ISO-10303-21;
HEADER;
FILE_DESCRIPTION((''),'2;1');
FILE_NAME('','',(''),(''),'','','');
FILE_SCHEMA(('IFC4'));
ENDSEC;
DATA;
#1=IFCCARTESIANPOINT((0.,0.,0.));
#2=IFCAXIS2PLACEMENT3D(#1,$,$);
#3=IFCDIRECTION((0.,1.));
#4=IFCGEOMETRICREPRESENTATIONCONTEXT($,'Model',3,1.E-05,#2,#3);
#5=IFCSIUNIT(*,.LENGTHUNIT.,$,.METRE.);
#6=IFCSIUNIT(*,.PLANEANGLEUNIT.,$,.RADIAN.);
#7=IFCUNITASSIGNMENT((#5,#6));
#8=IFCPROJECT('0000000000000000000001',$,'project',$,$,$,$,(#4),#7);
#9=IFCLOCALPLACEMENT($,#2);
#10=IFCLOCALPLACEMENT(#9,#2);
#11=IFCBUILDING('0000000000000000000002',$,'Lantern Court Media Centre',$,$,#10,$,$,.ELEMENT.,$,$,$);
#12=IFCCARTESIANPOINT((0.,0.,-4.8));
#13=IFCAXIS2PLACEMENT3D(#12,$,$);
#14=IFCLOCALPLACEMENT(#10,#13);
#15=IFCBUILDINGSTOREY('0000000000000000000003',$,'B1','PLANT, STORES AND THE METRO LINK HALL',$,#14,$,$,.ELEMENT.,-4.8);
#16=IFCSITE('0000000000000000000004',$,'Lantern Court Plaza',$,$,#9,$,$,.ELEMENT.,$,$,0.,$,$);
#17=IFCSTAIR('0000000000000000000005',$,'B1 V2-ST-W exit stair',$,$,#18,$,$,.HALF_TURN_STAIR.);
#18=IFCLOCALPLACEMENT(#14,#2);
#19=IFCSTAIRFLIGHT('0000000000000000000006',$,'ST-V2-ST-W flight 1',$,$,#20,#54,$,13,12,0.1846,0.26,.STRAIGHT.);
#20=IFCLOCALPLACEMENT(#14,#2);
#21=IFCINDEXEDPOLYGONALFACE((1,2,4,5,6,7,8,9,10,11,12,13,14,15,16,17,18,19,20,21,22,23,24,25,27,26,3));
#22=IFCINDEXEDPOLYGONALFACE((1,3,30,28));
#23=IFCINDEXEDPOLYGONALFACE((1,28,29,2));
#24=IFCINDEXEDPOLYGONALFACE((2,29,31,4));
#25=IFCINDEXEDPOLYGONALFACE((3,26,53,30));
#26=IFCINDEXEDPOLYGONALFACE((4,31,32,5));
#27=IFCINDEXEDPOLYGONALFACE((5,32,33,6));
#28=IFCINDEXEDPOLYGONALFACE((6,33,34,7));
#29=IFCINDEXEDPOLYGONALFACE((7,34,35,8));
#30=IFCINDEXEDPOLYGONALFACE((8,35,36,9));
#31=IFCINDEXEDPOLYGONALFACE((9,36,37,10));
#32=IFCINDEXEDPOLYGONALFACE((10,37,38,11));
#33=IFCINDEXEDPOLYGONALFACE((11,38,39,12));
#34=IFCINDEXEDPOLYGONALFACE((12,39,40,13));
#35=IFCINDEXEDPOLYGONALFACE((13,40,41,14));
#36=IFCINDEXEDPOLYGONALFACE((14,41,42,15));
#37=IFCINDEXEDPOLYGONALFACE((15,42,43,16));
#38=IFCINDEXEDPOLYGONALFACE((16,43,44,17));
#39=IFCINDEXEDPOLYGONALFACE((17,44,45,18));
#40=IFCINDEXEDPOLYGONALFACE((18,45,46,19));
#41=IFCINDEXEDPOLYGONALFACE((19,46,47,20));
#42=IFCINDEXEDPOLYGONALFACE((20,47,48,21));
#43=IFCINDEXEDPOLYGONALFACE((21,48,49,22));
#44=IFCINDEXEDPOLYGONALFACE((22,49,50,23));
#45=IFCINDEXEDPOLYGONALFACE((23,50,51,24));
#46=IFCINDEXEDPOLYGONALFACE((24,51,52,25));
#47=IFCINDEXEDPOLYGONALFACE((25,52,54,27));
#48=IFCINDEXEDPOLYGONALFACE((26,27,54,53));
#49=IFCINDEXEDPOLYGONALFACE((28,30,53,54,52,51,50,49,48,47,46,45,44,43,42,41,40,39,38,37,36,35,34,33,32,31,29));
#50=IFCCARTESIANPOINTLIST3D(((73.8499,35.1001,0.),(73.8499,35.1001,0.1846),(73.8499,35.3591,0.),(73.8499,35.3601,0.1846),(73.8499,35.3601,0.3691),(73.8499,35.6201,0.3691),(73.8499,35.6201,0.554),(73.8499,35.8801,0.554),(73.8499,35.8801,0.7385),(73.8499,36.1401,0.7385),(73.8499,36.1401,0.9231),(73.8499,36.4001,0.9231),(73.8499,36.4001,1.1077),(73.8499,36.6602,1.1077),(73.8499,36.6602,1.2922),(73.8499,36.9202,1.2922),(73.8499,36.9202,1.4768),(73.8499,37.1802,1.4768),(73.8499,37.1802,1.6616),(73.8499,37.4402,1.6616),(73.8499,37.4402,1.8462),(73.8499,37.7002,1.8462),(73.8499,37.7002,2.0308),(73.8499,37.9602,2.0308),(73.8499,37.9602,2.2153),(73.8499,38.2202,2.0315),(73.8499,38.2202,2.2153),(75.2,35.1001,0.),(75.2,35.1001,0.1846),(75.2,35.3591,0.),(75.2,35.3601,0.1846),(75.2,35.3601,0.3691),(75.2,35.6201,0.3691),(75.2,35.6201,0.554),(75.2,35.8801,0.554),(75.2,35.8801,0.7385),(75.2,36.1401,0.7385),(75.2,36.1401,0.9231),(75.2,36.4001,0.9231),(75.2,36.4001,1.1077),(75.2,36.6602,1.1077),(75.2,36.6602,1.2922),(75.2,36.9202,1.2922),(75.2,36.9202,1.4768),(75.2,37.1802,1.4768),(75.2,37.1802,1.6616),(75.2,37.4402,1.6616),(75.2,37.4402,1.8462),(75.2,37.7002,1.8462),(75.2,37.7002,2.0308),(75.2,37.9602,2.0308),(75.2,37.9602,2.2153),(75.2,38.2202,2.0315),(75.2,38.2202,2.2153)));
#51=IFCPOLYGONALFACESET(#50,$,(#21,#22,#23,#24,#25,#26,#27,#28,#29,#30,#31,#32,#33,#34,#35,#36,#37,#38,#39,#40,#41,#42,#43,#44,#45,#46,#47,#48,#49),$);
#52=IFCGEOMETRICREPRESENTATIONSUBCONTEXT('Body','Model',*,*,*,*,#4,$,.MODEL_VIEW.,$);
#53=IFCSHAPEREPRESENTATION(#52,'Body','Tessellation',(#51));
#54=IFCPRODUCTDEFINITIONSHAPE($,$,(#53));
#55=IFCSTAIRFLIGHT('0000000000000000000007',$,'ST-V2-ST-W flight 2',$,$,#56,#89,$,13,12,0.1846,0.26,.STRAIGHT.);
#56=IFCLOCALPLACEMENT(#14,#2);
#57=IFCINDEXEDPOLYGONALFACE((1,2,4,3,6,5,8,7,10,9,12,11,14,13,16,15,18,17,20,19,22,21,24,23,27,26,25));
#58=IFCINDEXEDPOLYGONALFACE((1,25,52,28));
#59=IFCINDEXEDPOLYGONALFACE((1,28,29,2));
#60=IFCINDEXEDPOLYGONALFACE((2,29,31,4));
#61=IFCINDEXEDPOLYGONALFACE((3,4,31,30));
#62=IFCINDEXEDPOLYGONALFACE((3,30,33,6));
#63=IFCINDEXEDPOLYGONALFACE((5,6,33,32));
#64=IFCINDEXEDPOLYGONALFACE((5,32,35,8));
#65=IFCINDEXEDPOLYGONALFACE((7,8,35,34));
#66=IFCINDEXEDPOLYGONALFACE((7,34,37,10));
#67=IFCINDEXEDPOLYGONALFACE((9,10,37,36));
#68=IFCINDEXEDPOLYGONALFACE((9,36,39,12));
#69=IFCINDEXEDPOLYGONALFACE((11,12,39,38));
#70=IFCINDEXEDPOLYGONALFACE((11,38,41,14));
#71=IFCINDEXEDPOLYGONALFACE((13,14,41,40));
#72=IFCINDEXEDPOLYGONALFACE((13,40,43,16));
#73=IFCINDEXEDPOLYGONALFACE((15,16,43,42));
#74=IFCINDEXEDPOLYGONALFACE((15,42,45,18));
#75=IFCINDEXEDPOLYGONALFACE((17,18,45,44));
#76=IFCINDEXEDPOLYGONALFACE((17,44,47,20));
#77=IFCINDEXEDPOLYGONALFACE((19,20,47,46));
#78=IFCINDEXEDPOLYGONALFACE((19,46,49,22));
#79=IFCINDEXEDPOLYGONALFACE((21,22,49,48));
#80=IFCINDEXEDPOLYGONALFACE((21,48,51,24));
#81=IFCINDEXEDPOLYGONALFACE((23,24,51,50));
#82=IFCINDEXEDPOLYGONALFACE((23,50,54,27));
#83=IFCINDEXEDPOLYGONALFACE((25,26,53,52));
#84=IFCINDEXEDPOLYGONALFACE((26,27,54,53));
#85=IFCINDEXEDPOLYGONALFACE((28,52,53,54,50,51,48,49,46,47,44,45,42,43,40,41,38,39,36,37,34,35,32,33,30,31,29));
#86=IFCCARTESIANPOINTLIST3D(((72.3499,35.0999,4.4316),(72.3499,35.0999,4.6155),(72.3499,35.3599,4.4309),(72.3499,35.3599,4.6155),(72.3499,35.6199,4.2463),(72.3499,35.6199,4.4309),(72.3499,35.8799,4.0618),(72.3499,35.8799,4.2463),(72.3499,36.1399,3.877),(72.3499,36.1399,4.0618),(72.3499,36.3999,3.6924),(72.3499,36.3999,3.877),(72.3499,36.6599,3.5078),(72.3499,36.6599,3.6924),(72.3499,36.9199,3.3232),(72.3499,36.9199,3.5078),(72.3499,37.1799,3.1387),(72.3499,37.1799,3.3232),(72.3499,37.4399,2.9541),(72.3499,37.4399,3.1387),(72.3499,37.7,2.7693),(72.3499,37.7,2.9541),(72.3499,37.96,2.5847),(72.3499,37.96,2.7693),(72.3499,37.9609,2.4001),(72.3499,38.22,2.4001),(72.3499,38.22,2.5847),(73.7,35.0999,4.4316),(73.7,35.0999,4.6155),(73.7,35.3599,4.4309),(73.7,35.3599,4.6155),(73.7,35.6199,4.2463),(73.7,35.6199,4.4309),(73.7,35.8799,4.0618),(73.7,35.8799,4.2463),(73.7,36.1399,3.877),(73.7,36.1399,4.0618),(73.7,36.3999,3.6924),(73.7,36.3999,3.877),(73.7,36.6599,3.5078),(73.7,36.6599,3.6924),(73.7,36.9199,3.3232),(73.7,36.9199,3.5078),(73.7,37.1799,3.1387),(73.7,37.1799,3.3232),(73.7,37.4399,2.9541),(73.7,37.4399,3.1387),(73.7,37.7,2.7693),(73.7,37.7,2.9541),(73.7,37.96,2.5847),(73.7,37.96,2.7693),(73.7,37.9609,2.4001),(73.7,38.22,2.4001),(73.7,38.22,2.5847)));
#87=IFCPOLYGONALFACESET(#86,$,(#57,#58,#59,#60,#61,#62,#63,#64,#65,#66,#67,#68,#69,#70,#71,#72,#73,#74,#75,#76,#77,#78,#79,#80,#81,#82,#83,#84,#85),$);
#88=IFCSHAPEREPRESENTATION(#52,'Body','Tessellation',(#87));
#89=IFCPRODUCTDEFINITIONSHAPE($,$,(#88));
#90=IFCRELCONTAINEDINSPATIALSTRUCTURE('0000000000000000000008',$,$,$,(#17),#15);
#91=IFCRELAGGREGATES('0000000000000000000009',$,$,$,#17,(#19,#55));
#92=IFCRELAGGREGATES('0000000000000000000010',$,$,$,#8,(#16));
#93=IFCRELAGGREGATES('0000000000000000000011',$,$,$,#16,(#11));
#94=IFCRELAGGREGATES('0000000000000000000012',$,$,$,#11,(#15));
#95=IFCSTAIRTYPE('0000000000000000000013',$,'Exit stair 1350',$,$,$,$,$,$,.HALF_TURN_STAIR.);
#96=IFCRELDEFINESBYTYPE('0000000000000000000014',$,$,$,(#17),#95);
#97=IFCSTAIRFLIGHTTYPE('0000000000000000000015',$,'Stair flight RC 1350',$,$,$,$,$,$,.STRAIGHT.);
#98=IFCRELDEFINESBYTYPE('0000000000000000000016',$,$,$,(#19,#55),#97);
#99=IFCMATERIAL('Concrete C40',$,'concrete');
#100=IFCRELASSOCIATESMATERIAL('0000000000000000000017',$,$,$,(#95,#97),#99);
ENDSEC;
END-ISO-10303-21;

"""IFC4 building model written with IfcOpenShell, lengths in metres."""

from ifc_helpers import new_model, si_unit, direction, frame, origin, place, context, subcontext, project, spatial, polyline, outline, extrude, material, type_object, element, aggregate, save


model = new_model("IFC4")

# Units and contexts
model_context = context("Model", 3, precision=1e-05, world=origin(), true_north=direction((0.0, 1.0)))
body_context = subcontext(model_context, "Body", "Model", "MODEL_VIEW")
ifc_project = project(units=[si_unit("LENGTHUNIT", "METRE"), si_unit("PLANEANGLEUNIT", "RADIAN")], contexts=[model_context])

# Site, building, storey
site_placement = place(None, origin())
site = spatial("IfcSite", under=ifc_project, at=site_placement, Name="Lantern Court Plaza", CompositionType="ELEMENT", RefElevation=0.0)
building_placement = place(site_placement, origin())
building = spatial("IfcBuilding", under=site, at=building_placement, Name="Lantern Court Media Centre", CompositionType="ELEMENT")
storey_placement = place(building_placement, frame((0.0, 0.0, -4.8)))
storey = spatial("IfcBuildingStorey", under=building, at=storey_placement, Name="B1", Description="PLANT, STORES AND THE METRO LINK HALL", CompositionType="ELEMENT", Elevation=-4.8)

# Shared definitions
ifc_material_1 = material(Name="Concrete C40", Category="concrete")

# Stair, stair flights
stair_type = type_object("IfcStairType", Name="Exit stair 1350", PredefinedType="HALF_TURN_STAIR", material=ifc_material_1)
stair_placement = place(storey_placement, origin())
stair = element("IfcStair", 1, at=stair_placement, inside=storey, type_object=stair_type, Name="B1 V2-ST-W exit stair", PredefinedType="HALF_TURN_STAIR")
stair_flight_type = type_object("IfcStairFlightType", Name="Stair flight RC 1350", PredefinedType="STRAIGHT", material=ifc_material_1)
stair_flight_1_placement = place(storey_placement, frame((74.5249, 35.1001, 0.0), z_axis=(0.0, 0.0, 1.0), x_axis=(0.0, 1.0, 0.0)))
stair_flight_1 = element("IfcStairFlight", 2, at=stair_flight_1_placement, type_object=stair_flight_type, Name="ST-V2-ST-W flight 1", NumberOfRisers=13, NumberOfTreads=12, PredefinedType="STRAIGHT", RiserHeight=0.1846, TreadLength=0.26, context=body_context, shape_type="SweptSolid", body=[
    extrude(outline(polyline([(0.0, 0.0), (0.0, 0.1846), (0.26, 0.1846), (0.26, 0.3691), (0.52, 0.3691), (0.52, 0.554), (0.78, 0.554), (0.78, 0.7385), (1.04, 0.7385), (1.04, 0.9231), (1.3, 0.9231), (1.3, 1.1077), (1.5601, 1.1077), (1.5601, 1.2922), (1.8201, 1.2922), (1.8201, 1.4768), (2.0801, 1.4768), (2.0801, 1.6616), (2.3401, 1.6616), (2.3401, 1.8462), (2.6001, 1.8462), (2.6001, 2.0308), (2.8601, 2.0308), (2.8601, 2.2153), (3.1201, 2.2153), (3.1201, 2.3999), (3.1201, 2.0315), (0.259, 0.0), (0.0, 0.0)])), frame((0.0, 0.675, 0.0), z_axis=(0.0, -1.0, 0.0), x_axis=(1.0, 0.0, 0.0)), (0.0, 0.0, 1.0), 1.3501),
])
stair_flight_2_placement = place(storey_placement, frame((73.0249, 38.22, 2.4001), z_axis=(0.0, 0.0, 1.0), x_axis=(0.0, -1.0, 0.0)))
stair_flight_2 = element("IfcStairFlight", 3, at=stair_flight_2_placement, type_object=stair_flight_type, Name="ST-V2-ST-W flight 2", NumberOfRisers=13, NumberOfTreads=12, PredefinedType="STRAIGHT", RiserHeight=0.1846, TreadLength=0.26, context=body_context, shape_type="SweptSolid", body=[
    extrude(outline(polyline([(0.0, 0.0), (0.0, 0.1846), (0.26, 0.1846), (0.26, 0.3691), (0.52, 0.3691), (0.52, 0.554), (0.78, 0.554), (0.78, 0.7385), (1.04, 0.7385), (1.04, 0.9231), (1.3, 0.9231), (1.3, 1.1077), (1.5601, 1.1077), (1.5601, 1.2922), (1.8201, 1.2922), (1.8201, 1.4768), (2.0801, 1.4768), (2.0801, 1.6616), (2.3401, 1.6616), (2.3401, 1.8462), (2.6001, 1.8462), (2.6001, 2.0308), (2.8601, 2.0308), (2.8601, 2.2153), (3.1201, 2.2153), (3.1201, 2.3999), (3.1201, 2.0315), (0.259, 0.0), (0.0, 0.0)])), frame((0.0, 0.675, 0.0), z_axis=(0.0, -1.0, 0.0), x_axis=(1.0, 0.0, 0.0)), (0.0, 0.0, 1.0), 1.3501),
])
aggregate(stair, [stair_flight_1, stair_flight_2])

save(model, "model.ifc")
